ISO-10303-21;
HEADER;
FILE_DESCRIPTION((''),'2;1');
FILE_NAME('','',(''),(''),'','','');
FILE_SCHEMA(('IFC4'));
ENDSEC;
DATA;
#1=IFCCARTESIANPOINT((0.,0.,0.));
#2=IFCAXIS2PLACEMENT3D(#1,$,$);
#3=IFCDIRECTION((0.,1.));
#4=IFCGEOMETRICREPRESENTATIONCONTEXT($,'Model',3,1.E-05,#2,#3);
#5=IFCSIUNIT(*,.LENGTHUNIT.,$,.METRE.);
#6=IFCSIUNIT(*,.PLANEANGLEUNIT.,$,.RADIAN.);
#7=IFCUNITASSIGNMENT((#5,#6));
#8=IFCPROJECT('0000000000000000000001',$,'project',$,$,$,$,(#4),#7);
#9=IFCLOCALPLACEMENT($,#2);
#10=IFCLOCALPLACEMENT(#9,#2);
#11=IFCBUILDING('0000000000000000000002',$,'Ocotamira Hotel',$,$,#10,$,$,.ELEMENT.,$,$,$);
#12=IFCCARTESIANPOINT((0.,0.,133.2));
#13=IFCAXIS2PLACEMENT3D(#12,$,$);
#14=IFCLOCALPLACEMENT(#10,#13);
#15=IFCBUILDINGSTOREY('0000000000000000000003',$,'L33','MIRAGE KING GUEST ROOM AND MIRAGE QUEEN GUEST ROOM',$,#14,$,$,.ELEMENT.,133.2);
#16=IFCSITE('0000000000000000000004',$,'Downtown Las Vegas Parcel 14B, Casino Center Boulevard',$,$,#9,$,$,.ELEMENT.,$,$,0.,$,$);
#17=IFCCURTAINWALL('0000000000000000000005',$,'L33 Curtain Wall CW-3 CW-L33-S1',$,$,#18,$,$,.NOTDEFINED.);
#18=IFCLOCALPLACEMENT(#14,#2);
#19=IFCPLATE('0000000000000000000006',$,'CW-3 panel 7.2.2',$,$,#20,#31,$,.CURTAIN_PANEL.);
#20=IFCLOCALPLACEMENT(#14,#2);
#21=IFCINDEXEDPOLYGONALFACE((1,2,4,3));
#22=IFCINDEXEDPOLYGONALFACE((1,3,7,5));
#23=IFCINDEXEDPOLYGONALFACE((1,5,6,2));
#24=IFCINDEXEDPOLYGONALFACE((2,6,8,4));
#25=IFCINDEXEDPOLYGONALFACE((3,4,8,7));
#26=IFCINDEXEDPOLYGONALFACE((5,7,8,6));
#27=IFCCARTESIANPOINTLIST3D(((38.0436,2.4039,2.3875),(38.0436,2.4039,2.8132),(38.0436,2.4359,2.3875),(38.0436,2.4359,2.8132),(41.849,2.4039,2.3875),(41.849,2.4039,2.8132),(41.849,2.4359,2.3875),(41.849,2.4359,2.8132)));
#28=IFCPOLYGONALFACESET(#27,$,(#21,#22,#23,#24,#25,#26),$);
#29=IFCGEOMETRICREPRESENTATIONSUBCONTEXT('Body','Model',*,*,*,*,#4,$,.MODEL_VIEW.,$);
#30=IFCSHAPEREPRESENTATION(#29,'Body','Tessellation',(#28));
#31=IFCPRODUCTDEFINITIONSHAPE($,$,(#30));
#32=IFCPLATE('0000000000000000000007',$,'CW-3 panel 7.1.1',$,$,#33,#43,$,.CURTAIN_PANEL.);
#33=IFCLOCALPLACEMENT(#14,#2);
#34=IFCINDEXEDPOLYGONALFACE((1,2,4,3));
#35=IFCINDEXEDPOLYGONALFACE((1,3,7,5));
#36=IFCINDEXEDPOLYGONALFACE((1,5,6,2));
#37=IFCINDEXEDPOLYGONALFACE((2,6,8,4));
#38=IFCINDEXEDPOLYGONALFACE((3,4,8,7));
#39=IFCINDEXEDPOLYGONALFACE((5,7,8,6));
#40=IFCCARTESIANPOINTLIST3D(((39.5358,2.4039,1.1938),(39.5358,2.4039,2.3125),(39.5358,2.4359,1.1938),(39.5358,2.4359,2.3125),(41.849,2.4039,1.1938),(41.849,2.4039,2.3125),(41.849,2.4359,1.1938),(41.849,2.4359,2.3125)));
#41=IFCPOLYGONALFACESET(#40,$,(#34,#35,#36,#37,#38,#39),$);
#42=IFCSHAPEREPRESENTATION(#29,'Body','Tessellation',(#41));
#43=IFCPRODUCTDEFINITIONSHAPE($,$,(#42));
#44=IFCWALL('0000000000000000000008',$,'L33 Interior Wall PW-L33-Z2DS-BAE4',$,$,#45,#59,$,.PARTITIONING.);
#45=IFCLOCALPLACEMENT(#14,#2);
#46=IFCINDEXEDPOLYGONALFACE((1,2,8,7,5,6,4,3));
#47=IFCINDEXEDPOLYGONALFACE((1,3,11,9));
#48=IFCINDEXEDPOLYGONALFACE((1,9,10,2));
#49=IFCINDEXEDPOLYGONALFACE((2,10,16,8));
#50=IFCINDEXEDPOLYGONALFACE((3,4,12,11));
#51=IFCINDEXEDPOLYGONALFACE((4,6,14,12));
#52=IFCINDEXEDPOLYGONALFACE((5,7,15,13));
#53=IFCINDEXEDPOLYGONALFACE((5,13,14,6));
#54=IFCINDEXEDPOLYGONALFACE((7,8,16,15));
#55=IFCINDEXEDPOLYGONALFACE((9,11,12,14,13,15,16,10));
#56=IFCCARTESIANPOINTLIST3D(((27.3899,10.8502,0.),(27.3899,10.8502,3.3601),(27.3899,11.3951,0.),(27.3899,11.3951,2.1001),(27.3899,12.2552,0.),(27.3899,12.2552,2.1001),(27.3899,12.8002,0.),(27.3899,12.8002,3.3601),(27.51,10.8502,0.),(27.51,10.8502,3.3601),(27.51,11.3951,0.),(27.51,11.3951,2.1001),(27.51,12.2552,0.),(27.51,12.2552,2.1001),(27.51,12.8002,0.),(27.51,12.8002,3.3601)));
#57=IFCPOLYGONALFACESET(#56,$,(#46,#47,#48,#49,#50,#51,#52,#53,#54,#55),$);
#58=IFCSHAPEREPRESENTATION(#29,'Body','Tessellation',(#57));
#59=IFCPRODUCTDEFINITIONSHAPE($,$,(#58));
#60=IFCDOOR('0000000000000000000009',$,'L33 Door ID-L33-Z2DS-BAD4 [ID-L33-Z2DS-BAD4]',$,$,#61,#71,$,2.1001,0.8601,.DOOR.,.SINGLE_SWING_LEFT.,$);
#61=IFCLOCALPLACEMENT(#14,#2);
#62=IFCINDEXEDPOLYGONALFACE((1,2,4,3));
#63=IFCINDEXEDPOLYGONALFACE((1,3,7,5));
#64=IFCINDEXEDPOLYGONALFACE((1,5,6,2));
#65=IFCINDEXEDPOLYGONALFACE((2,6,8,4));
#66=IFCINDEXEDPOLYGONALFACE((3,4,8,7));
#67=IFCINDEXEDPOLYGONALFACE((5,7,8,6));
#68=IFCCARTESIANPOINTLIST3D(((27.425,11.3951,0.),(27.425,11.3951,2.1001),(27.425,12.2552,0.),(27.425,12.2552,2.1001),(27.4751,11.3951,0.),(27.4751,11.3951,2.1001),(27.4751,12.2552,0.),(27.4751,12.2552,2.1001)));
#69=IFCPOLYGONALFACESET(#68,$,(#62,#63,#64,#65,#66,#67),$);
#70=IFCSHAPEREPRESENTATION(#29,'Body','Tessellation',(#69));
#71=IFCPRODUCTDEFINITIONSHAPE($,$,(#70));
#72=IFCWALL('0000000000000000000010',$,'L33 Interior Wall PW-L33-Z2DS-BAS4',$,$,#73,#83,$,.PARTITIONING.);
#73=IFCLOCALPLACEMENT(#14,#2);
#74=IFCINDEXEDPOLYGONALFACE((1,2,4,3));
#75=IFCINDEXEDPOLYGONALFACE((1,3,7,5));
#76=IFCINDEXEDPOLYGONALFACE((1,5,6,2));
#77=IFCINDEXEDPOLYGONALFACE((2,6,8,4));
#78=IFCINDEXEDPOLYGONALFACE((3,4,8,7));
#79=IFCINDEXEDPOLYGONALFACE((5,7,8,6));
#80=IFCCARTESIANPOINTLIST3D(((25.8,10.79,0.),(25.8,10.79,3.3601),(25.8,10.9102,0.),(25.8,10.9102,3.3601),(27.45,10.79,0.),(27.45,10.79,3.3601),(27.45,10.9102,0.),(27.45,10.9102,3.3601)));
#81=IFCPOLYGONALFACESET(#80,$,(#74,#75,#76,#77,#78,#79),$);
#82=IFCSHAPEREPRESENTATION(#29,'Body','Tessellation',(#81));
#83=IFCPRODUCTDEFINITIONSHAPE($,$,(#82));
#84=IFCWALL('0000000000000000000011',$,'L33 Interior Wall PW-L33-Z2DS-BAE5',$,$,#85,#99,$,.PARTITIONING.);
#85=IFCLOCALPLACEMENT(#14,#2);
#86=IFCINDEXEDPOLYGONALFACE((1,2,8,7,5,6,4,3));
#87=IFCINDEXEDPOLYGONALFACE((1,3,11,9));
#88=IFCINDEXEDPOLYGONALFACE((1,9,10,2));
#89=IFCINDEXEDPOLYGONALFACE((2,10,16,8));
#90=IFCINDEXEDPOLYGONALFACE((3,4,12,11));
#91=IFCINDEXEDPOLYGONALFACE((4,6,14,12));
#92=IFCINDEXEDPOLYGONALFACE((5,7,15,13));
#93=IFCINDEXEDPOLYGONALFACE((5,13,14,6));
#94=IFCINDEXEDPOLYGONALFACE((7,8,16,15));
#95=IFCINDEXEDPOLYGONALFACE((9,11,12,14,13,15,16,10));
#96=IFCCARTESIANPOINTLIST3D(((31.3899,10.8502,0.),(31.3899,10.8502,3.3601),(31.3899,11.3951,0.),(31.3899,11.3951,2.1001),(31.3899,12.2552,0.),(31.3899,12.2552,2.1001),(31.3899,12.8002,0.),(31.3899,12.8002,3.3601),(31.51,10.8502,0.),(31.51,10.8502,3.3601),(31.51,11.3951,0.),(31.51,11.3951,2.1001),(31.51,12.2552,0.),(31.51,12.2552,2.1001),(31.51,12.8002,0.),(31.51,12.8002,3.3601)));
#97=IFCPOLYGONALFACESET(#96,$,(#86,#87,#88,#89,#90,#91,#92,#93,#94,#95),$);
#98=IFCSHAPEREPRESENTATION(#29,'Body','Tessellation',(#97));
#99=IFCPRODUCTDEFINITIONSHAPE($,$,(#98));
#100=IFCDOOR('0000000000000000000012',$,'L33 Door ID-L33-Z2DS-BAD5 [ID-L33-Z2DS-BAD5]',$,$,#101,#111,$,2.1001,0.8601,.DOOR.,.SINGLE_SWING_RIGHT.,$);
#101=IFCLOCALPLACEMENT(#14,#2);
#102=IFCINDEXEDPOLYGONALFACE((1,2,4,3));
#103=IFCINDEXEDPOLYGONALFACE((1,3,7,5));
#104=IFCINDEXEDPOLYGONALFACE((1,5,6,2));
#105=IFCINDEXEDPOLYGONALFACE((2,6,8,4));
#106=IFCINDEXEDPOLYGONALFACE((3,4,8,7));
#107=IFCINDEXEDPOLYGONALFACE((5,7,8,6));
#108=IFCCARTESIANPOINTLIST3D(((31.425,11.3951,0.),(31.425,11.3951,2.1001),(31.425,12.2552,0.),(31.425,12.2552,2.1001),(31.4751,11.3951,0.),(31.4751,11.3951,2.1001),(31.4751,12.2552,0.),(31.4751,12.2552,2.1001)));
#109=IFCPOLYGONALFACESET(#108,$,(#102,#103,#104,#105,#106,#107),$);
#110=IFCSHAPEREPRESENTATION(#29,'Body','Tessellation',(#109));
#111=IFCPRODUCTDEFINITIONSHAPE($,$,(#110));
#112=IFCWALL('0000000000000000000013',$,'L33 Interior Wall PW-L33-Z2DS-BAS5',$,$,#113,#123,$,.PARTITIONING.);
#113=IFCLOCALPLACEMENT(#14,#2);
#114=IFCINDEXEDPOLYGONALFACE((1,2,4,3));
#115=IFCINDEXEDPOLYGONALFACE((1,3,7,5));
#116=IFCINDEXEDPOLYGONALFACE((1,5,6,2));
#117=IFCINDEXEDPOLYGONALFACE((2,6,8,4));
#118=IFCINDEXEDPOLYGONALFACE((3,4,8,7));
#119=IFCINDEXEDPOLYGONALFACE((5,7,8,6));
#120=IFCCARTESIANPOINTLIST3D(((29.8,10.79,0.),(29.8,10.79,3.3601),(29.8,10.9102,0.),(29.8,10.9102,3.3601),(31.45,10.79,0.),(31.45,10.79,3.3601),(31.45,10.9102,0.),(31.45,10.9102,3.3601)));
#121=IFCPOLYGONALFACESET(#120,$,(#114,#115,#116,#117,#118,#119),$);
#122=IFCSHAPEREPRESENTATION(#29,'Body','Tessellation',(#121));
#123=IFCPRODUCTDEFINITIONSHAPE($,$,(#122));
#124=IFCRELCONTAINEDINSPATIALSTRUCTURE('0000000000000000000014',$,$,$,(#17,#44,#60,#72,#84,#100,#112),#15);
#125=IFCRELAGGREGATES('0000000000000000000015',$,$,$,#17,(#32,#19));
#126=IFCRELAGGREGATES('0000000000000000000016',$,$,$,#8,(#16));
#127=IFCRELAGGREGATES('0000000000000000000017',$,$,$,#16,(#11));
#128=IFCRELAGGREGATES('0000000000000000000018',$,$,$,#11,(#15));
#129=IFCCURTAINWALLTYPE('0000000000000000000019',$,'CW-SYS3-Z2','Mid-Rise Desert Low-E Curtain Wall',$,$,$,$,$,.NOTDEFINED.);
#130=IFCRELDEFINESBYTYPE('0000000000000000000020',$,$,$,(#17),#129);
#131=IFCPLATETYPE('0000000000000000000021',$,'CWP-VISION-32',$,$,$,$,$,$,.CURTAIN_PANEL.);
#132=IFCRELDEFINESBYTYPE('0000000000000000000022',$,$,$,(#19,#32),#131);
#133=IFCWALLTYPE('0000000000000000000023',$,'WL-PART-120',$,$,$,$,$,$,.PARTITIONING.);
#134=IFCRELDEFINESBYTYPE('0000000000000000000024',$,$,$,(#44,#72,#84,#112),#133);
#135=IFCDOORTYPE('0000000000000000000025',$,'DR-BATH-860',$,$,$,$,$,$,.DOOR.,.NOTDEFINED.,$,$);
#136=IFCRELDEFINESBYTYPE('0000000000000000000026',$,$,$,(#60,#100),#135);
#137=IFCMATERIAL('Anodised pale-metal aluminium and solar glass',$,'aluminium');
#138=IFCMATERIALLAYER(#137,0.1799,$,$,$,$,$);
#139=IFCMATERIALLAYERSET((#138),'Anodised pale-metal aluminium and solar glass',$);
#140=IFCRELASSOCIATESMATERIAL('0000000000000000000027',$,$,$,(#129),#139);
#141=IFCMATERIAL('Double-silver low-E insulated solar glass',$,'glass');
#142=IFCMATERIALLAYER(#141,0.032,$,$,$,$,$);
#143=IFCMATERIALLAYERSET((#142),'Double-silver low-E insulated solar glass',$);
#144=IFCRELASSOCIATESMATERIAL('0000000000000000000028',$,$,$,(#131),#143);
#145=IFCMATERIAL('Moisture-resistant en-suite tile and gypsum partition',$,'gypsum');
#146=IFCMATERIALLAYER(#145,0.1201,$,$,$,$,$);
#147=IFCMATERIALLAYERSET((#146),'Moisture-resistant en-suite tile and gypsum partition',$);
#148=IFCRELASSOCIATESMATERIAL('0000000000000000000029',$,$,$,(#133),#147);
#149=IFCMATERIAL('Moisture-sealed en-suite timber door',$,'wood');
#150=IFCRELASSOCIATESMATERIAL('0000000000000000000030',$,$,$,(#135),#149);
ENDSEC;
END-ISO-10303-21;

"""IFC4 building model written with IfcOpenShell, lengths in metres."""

from ifc_helpers import new_model, si_unit, direction, frame, frame_2d, origin, origin_2d, place, context, subcontext, project, spatial, rectangle, extrude, source, transform, mapped, material, layer, layer_set, type_object, element, fill, aggregate, save


model = new_model("IFC4")

# Units and contexts
model_context = context("Model", 3, precision=1e-05, world=origin(), true_north=direction((0.0, 1.0)))
body_context = subcontext(model_context, "Body", "Model", "MODEL_VIEW")
ifc_project = project(units=[si_unit("LENGTHUNIT", "METRE"), si_unit("PLANEANGLEUNIT", "RADIAN")], contexts=[model_context])

# Site, building, storey
site_placement = place(None, origin())
site = spatial("IfcSite", under=ifc_project, at=site_placement, Name="Downtown Las Vegas Parcel 14B, Casino Center Boulevard", CompositionType="ELEMENT", RefElevation=0.0)
building_placement = place(site_placement, origin())
building = spatial("IfcBuilding", under=site, at=building_placement, Name="Ocotamira Hotel", CompositionType="ELEMENT")
storey_placement = place(building_placement, frame((0.0, 0.0, 133.2)))
storey = spatial("IfcBuildingStorey", under=building, at=storey_placement, Name="L33", Description="MIRAGE KING GUEST ROOM AND MIRAGE QUEEN GUEST ROOM", CompositionType="ELEMENT", Elevation=133.2)

# Curtain wall, plates
ifc_material_1 = material(Name="Anodised pale-metal aluminium and solar glass", Category="aluminium")
ifc_layer_1 = layer(ifc_material_1, 0.1799)
ifc_layer_set_1 = layer_set([ifc_layer_1], Name="Anodised pale-metal aluminium and solar glass")
curtain_wall_type = type_object("IfcCurtainWallType", Name="CW-SYS3-Z2", Description="Mid-Rise Desert Low-E Curtain Wall", PredefinedType="NOTDEFINED", material=ifc_layer_set_1)
curtain_wall_placement = place(storey_placement, origin())
curtain_wall = element("IfcCurtainWall", 1, at=curtain_wall_placement, inside=storey, type_object=curtain_wall_type, Name="L33 Curtain Wall CW-3 CW-L33-S1", PredefinedType="NOTDEFINED")
ifc_material_2 = material(Name="Double-silver low-E insulated solar glass", Category="glass")
ifc_layer_2 = layer(ifc_material_2, 0.032)
ifc_layer_set_2 = layer_set([ifc_layer_2], Name="Double-silver low-E insulated solar glass")
plate_type = type_object("IfcPlateType", Name="CWP-VISION-32", PredefinedType="CURTAIN_PANEL", material=ifc_layer_set_2)
shared_shape_1 = source(origin(), body_context, "Body", "SweptSolid", [
    extrude(rectangle(XDim=3.8054, YDim=0.032, at=origin_2d()), origin(), (0.0, 0.0, 1.0), 0.4258),
])
plate_1_placement = place(storey_placement, frame((39.9463, 2.4199, 2.3875), z_axis=(0.0, 0.0, 1.0), x_axis=(1.0, 0.0, 0.0)))
plate_1 = element("IfcPlate", 2, at=plate_1_placement, type_object=plate_type, Name="CW-3 panel 7.2.2", PredefinedType="CURTAIN_PANEL", context=body_context, shape_type="MappedRepresentation", body=[
    mapped(shared_shape_1, transform((0.0, 0.0, 0.0), scale=1.0)),
])
shared_shape_2 = source(origin(), body_context, "Body", "SweptSolid", [
    extrude(rectangle(XDim=2.3132, YDim=0.032, at=origin_2d()), origin(), (0.0, 0.0, 1.0), 1.1187),
])
plate_2_placement = place(storey_placement, frame((40.6924, 2.4199, 1.1938), z_axis=(0.0, 0.0, 1.0), x_axis=(1.0, 0.0, 0.0)))
plate_2 = element("IfcPlate", 3, at=plate_2_placement, type_object=plate_type, Name="CW-3 panel 7.1.1", PredefinedType="CURTAIN_PANEL", context=body_context, shape_type="MappedRepresentation", body=[
    mapped(shared_shape_2, transform((0.0, 0.0, 0.0), scale=1.0)),
])
aggregate(curtain_wall, [plate_2, plate_1])

# Wall, opening, door
ifc_material_3 = material(Name="Moisture-resistant en-suite tile and gypsum partition", Category="gypsum")
ifc_layer_3 = layer(ifc_material_3, 0.1201)
ifc_layer_set_3 = layer_set([ifc_layer_3], Name="Moisture-resistant en-suite tile and gypsum partition")
wall_type = type_object("IfcWallType", Name="WL-PART-120", PredefinedType="PARTITIONING", material=ifc_layer_set_3)
wall_1_placement = place(storey_placement, frame((27.45, 10.8501, 0.0), z_axis=(0.0, 0.0, 1.0), x_axis=(0.0, 1.0, 0.0)))
wall_1 = element("IfcWall", 4, at=wall_1_placement, inside=storey, type_object=wall_type, Name="L33 Interior Wall PW-L33-Z2DS-BAE4", PredefinedType="PARTITIONING", context=body_context, shape_type="SweptSolid", body=[
    extrude(rectangle(XDim=1.95, YDim=0.1201, at=frame_2d((0.9751, 0.0))), origin(), (0.0, 0.0, 1.0), 3.3601),
])
opening_1_placement = place(wall_1_placement, frame((0.5449, 0.0, 0.0)))
opening_1 = element("IfcOpeningElement", 5, at=opening_1_placement, cuts=wall_1, PredefinedType="OPENING", context=body_context, shape_type="SweptSolid", body=[
    extrude(rectangle(XDim=0.8601, YDim=2.1001, at=frame_2d((0.4302, 1.05))), frame((0.0, 0.0701, 0.0), z_axis=(0.0, -1.0, 0.0), x_axis=(1.0, 0.0, 0.0)), (0.0, 0.0, 1.0), 0.1401),
])
ifc_material_4 = material(Name="Moisture-sealed en-suite timber door", Category="wood")
door_type = type_object("IfcDoorType", Name="DR-BATH-860", OperationType="NOTDEFINED", PredefinedType="DOOR", material=ifc_material_4)
shared_shape_3 = source(origin(), body_context, "Body", "SweptSolid", [
    extrude(rectangle(XDim=0.8601, YDim=2.1001, at=frame_2d((0.4302, 1.05))), frame((0.0, 0.0249, 0.0), z_axis=(0.0, -1.0, 0.0), x_axis=(1.0, 0.0, 0.0)), (0.0, 0.0, 1.0), 0.05),
])
door_1_placement = place(opening_1_placement, origin())
door_1 = element("IfcDoor", 6, at=door_1_placement, inside=storey, type_object=door_type, Name="L33 Door ID-L33-Z2DS-BAD4 [ID-L33-Z2DS-BAD4]", OperationType="SINGLE_SWING_LEFT", OverallHeight=2.1001, OverallWidth=0.8601, PredefinedType="DOOR", context=body_context, shape_type="MappedRepresentation", body=[
    mapped(shared_shape_3, transform((0.0, 0.0, 0.0), scale=1.0)),
])
fill(opening_1, door_1)

# Wall
wall_2_placement = place(storey_placement, frame((25.8, 10.8501, 0.0), z_axis=(0.0, 0.0, 1.0), x_axis=(1.0, 0.0, 0.0)))
element("IfcWall", 7, at=wall_2_placement, inside=storey, type_object=wall_type, Name="L33 Interior Wall PW-L33-Z2DS-BAS4", PredefinedType="PARTITIONING", context=body_context, shape_type="SweptSolid", body=[
    extrude(rectangle(XDim=1.6499, YDim=0.1201, at=frame_2d((0.825, 0.0))), origin(), (0.0, 0.0, 1.0), 3.3601),
])

# Wall, opening, door
wall_3_placement = place(storey_placement, frame((31.45, 10.8501, 0.0), z_axis=(0.0, 0.0, 1.0), x_axis=(0.0, 1.0, 0.0)))
wall_3 = element("IfcWall", 8, at=wall_3_placement, inside=storey, type_object=wall_type, Name="L33 Interior Wall PW-L33-Z2DS-BAE5", PredefinedType="PARTITIONING", context=body_context, shape_type="SweptSolid", body=[
    extrude(rectangle(XDim=1.95, YDim=0.1201, at=frame_2d((0.9751, 0.0))), origin(), (0.0, 0.0, 1.0), 3.3601),
])
opening_2_placement = place(wall_3_placement, frame((0.5449, 0.0, 0.0)))
opening_2 = element("IfcOpeningElement", 9, at=opening_2_placement, cuts=wall_3, PredefinedType="OPENING", context=body_context, shape_type="SweptSolid", body=[
    extrude(rectangle(XDim=0.8601, YDim=2.1001, at=frame_2d((0.4302, 1.05))), frame((0.0, 0.0701, 0.0), z_axis=(0.0, -1.0, 0.0), x_axis=(1.0, 0.0, 0.0)), (0.0, 0.0, 1.0), 0.1401),
])
door_2_placement = place(opening_2_placement, origin())
door_2 = element("IfcDoor", 10, at=door_2_placement, inside=storey, type_object=door_type, Name="L33 Door ID-L33-Z2DS-BAD5 [ID-L33-Z2DS-BAD5]", OperationType="SINGLE_SWING_RIGHT", OverallHeight=2.1001, OverallWidth=0.8601, PredefinedType="DOOR", context=body_context, shape_type="MappedRepresentation", body=[
    mapped(shared_shape_3, transform((0.0, 0.0, 0.0), scale=1.0)),
])
fill(opening_2, door_2)

# Wall
wall_4_placement = place(storey_placement, frame((29.8, 10.8501, 0.0), z_axis=(0.0, 0.0, 1.0), x_axis=(1.0, 0.0, 0.0)))
element("IfcWall", 11, at=wall_4_placement, inside=storey, type_object=wall_type, Name="L33 Interior Wall PW-L33-Z2DS-BAS5", PredefinedType="PARTITIONING", context=body_context, shape_type="SweptSolid", body=[
    extrude(rectangle(XDim=1.6499, YDim=0.1201, at=frame_2d((0.825, 0.0))), origin(), (0.0, 0.0, 1.0), 3.3601),
])

save(model, "model.ifc")
